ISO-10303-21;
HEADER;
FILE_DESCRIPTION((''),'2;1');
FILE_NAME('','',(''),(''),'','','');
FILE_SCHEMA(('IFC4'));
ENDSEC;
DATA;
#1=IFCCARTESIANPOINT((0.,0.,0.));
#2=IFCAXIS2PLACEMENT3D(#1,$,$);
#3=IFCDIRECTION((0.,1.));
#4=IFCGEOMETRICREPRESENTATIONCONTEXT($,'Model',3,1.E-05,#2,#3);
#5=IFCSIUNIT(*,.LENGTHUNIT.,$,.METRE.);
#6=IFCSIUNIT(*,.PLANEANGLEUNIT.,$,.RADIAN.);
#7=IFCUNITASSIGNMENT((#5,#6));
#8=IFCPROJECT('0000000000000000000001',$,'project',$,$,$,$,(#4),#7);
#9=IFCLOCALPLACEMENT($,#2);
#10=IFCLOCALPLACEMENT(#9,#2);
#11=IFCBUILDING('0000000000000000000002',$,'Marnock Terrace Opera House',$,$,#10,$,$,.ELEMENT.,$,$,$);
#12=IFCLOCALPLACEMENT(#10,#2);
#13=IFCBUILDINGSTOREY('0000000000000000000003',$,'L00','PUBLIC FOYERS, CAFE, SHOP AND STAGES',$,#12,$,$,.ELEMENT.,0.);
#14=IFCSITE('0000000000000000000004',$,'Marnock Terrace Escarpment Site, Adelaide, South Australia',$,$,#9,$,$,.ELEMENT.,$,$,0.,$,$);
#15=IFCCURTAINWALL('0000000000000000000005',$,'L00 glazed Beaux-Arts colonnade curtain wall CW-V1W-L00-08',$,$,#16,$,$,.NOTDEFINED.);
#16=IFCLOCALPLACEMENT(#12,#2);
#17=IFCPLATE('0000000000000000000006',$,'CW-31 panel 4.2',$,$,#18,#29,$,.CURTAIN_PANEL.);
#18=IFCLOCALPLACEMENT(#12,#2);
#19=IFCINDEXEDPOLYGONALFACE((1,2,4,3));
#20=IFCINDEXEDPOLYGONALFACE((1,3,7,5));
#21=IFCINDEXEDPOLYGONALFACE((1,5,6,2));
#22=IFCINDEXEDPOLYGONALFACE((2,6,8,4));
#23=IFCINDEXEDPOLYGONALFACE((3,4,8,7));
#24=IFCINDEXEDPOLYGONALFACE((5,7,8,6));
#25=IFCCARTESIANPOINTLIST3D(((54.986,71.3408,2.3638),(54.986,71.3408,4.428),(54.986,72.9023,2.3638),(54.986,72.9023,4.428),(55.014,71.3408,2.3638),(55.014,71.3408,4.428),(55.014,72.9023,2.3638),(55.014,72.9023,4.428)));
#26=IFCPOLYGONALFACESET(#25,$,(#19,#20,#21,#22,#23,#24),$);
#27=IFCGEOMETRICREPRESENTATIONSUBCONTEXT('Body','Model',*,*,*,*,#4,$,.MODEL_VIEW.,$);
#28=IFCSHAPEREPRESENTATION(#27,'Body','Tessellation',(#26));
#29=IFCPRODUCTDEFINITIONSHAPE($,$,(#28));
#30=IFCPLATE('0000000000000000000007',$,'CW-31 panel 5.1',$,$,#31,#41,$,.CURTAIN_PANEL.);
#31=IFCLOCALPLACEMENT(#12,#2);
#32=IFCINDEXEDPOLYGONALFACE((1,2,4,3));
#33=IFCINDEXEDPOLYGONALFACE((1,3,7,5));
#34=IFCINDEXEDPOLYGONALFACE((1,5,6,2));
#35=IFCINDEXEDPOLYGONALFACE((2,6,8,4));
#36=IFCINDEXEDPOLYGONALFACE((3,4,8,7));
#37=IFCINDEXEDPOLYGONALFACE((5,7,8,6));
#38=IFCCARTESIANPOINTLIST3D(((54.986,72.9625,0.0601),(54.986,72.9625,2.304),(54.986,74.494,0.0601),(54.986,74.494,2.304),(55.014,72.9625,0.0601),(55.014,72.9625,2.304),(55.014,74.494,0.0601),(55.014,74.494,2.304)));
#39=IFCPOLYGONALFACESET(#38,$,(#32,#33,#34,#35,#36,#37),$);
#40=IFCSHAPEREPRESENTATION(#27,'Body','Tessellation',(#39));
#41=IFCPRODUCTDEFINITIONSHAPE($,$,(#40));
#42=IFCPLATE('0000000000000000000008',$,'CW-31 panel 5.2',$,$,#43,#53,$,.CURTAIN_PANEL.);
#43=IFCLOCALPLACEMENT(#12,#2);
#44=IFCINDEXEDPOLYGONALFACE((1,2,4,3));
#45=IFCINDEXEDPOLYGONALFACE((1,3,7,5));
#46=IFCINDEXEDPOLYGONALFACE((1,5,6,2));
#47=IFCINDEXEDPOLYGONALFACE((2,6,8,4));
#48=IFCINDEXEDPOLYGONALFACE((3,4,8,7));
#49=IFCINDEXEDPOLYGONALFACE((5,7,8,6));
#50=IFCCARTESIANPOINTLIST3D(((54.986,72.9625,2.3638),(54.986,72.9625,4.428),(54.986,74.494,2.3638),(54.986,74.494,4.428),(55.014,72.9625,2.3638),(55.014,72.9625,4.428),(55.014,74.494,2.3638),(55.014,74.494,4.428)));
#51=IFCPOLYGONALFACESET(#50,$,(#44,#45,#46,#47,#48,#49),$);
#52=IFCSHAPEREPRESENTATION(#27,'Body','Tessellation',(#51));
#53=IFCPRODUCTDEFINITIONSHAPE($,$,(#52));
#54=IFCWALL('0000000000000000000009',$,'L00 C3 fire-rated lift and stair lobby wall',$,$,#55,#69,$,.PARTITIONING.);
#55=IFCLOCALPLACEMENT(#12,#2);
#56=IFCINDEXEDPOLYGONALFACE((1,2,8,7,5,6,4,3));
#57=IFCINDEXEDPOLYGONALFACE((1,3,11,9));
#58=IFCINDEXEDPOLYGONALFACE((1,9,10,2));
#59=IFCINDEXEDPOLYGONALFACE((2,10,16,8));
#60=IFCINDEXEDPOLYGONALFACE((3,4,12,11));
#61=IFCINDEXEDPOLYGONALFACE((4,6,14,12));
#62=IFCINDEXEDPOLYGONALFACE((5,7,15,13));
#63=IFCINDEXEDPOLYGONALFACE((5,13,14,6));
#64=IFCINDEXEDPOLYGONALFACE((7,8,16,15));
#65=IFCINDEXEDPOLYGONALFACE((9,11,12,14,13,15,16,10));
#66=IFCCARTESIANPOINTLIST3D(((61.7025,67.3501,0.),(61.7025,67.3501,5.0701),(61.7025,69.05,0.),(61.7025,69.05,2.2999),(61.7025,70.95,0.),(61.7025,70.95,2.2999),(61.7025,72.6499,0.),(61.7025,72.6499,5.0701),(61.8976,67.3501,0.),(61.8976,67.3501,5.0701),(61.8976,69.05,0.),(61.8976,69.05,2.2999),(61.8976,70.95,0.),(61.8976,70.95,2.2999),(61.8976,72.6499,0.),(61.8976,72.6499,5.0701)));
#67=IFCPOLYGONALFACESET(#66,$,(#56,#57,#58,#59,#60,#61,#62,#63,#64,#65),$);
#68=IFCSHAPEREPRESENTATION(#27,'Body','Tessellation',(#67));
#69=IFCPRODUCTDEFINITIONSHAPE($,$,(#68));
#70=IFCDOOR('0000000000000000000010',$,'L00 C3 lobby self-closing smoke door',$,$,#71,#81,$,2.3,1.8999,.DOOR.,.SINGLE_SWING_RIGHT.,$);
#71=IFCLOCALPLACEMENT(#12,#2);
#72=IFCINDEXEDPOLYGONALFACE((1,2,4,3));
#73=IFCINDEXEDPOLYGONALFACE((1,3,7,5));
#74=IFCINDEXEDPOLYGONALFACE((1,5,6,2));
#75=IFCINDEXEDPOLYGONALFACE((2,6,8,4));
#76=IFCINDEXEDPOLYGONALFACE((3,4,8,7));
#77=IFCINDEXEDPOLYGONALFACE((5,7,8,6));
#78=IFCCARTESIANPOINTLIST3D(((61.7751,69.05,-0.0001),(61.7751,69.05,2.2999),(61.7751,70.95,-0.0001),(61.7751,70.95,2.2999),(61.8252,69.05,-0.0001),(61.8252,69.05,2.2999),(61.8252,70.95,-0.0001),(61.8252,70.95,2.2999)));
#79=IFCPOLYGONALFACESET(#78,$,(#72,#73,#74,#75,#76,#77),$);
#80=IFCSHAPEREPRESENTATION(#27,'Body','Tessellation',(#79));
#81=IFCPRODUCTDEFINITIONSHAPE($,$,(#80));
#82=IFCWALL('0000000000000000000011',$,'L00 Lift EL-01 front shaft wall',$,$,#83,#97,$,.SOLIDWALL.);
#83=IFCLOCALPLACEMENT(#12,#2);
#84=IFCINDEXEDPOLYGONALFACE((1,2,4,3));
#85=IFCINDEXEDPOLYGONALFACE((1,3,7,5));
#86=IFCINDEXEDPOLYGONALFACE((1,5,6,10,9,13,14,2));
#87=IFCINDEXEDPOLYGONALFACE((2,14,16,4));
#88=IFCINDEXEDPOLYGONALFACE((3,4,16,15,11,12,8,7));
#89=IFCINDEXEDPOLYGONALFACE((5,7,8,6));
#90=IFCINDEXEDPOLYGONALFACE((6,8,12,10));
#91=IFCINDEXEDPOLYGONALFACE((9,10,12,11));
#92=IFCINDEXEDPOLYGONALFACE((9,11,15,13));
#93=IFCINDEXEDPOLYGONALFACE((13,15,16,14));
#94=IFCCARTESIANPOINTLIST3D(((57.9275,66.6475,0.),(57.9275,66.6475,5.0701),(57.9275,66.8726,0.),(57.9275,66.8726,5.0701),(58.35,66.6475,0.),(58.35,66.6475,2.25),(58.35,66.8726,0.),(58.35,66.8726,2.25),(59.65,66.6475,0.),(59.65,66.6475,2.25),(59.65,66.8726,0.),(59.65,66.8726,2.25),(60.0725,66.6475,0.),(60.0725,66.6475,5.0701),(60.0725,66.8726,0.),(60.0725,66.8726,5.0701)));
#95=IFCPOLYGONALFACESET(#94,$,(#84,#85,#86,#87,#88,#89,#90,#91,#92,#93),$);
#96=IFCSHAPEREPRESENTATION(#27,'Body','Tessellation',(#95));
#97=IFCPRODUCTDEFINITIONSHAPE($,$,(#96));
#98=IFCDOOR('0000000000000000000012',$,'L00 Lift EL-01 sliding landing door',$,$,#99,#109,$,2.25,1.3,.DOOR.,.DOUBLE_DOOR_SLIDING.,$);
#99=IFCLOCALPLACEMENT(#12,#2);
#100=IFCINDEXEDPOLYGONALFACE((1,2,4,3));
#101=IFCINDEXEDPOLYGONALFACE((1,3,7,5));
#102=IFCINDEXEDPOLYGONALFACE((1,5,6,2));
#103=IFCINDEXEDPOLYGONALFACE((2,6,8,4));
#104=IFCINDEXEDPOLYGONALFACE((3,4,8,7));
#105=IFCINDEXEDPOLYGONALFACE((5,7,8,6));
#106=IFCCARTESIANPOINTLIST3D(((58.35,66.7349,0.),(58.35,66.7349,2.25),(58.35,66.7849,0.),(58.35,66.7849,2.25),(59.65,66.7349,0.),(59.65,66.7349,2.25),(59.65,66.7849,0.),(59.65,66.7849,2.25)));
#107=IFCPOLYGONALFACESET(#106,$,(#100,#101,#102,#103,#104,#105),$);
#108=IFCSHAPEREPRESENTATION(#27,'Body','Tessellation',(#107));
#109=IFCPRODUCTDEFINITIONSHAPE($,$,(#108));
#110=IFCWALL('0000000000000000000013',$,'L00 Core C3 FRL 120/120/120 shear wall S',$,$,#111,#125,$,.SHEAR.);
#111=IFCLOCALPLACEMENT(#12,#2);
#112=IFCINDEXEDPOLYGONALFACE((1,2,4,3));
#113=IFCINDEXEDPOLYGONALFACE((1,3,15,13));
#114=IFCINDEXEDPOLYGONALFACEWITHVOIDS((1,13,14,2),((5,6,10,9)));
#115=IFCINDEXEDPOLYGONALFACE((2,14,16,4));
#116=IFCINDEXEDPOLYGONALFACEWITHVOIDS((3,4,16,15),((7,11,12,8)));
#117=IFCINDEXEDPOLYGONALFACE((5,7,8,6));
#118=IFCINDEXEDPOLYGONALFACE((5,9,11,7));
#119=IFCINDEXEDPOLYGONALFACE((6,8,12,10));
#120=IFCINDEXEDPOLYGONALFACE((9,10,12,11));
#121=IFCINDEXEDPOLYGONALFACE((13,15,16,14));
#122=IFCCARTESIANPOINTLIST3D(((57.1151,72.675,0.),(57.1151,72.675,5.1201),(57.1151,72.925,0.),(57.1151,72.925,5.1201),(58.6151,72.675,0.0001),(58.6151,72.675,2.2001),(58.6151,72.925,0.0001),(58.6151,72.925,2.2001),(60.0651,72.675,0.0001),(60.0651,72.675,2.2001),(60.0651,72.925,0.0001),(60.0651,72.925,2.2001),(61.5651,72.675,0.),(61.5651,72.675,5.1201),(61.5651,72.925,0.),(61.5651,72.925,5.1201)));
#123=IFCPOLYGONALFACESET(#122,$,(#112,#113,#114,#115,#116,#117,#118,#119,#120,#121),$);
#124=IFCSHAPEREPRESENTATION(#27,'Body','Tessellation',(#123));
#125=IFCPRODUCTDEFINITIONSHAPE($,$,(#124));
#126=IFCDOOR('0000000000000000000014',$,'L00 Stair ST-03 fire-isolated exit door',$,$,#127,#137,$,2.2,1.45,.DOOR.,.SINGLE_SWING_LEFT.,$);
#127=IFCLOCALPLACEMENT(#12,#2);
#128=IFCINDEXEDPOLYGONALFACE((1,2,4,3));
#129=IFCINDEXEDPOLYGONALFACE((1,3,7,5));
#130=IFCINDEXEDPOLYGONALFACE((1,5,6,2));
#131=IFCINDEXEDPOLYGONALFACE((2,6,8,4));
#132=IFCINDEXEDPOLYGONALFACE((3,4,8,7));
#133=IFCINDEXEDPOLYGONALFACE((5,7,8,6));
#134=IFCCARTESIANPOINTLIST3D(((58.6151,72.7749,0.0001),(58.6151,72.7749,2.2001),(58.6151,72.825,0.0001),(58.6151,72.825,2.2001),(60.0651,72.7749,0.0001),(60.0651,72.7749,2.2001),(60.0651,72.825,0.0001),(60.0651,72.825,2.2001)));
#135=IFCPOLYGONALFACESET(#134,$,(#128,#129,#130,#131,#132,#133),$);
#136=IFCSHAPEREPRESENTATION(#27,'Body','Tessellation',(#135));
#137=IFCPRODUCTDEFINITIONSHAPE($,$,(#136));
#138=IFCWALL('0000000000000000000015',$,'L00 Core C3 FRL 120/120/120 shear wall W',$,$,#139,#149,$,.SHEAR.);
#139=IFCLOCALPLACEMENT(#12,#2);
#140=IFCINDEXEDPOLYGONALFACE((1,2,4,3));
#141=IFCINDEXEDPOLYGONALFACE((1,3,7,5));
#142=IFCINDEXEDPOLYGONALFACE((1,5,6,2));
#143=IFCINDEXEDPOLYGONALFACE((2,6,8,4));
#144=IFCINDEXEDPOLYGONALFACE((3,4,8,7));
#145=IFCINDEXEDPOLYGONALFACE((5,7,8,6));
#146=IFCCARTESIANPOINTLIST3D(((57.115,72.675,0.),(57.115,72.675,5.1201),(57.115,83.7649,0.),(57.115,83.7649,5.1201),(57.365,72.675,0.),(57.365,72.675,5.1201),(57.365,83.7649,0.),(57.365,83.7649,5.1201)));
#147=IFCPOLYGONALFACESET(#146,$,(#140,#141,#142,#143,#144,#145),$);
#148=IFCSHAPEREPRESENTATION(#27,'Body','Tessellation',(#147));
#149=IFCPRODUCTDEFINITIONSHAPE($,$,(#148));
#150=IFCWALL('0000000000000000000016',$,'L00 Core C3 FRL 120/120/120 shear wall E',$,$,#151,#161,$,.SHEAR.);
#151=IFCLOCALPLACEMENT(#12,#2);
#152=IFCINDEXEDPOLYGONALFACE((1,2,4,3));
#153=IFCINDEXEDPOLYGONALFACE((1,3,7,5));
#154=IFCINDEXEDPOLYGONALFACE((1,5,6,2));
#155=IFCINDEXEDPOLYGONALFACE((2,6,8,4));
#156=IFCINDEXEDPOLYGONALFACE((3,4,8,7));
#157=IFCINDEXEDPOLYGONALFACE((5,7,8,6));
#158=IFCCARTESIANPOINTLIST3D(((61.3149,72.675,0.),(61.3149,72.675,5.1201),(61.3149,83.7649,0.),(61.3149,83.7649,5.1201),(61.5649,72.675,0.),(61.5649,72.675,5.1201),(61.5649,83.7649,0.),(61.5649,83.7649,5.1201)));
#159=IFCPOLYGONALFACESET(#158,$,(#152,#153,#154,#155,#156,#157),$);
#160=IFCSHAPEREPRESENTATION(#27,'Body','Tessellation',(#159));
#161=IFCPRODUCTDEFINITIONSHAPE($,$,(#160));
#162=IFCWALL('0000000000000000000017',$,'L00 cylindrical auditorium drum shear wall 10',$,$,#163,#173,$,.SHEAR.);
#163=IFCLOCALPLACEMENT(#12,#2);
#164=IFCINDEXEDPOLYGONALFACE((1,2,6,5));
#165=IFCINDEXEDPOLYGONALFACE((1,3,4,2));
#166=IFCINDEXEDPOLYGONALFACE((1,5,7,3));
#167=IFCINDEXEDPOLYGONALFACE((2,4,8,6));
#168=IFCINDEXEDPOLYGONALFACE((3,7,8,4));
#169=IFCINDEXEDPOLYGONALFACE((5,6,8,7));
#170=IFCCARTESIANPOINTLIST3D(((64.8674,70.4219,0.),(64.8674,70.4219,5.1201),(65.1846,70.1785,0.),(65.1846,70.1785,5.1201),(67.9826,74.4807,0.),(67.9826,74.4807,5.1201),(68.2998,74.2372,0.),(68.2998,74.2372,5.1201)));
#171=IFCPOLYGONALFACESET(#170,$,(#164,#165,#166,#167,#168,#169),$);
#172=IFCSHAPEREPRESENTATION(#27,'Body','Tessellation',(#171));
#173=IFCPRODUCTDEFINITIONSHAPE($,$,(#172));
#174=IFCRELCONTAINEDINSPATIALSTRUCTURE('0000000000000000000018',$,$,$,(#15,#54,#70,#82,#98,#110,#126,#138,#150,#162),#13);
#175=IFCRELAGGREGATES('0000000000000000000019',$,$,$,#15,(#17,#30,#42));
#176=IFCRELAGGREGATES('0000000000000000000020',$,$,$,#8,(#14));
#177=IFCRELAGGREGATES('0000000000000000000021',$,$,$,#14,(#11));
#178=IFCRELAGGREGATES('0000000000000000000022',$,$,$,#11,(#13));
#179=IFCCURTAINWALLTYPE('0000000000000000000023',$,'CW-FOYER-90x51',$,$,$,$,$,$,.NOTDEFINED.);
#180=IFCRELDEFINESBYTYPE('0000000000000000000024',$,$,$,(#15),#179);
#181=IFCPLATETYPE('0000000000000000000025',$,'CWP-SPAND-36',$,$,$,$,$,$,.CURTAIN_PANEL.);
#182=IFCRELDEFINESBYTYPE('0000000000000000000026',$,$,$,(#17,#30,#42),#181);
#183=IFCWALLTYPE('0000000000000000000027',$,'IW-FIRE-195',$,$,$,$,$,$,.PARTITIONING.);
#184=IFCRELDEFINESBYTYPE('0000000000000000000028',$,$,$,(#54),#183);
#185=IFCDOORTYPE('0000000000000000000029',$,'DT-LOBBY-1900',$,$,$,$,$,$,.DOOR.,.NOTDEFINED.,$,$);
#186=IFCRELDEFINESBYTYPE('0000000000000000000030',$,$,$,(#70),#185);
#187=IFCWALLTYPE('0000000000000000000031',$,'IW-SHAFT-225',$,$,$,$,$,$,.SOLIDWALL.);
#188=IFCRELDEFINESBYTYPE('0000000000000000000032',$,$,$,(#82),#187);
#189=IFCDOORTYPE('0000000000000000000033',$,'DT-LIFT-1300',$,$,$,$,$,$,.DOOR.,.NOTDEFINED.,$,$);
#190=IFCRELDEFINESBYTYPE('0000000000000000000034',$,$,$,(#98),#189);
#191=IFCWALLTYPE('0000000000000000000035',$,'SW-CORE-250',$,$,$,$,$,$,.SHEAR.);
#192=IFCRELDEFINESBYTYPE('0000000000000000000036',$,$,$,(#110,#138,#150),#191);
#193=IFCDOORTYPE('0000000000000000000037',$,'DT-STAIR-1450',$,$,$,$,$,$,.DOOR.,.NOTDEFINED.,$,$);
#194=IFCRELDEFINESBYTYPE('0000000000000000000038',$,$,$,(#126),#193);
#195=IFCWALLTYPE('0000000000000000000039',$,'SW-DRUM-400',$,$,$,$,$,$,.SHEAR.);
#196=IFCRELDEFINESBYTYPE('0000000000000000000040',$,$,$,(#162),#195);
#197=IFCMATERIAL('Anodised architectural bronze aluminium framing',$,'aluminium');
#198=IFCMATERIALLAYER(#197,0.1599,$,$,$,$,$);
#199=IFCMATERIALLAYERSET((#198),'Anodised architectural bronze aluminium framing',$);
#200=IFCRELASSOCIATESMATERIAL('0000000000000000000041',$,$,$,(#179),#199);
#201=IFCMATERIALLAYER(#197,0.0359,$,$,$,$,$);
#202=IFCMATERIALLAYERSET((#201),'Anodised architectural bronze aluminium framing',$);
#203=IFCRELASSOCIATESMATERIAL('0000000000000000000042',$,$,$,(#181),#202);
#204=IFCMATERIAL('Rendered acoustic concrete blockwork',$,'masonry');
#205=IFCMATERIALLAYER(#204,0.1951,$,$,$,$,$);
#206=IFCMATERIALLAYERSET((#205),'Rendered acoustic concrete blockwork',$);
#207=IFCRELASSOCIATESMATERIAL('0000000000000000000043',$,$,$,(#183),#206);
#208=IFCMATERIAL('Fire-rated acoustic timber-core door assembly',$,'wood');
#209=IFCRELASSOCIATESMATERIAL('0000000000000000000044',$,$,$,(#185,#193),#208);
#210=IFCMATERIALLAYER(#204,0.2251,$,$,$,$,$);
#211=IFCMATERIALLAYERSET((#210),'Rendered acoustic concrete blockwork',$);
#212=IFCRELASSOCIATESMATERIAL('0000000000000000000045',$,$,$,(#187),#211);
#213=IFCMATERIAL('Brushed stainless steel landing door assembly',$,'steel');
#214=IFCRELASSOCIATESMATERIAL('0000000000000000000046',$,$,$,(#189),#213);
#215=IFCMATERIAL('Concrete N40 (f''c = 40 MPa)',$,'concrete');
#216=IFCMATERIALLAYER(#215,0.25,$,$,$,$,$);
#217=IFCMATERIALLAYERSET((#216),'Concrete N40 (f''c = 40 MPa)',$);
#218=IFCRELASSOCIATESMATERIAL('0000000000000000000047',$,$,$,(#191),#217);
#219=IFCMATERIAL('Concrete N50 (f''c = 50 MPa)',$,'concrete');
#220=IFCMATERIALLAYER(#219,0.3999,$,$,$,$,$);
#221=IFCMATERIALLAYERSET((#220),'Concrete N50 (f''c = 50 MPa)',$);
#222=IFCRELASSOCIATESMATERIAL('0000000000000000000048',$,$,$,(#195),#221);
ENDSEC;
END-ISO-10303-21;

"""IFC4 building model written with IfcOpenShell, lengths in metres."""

from ifc_helpers import new_model, si_unit, direction, frame, frame_2d, origin, origin_2d, place, context, subcontext, project, spatial, rectangle, extrude, material, layer, layer_set, type_object, element, fill, aggregate, save


model = new_model("IFC4")

# Units and contexts
model_context = context("Model", 3, precision=1e-05, world=origin(), true_north=direction((0.0, 1.0)))
body_context = subcontext(model_context, "Body", "Model", "MODEL_VIEW")
ifc_project = project(units=[si_unit("LENGTHUNIT", "METRE"), si_unit("PLANEANGLEUNIT", "RADIAN")], contexts=[model_context])

# Site, building, storey
site_placement = place(None, origin())
site = spatial("IfcSite", under=ifc_project, at=site_placement, Name="Marnock Terrace Escarpment Site, Adelaide, South Australia", CompositionType="ELEMENT", RefElevation=0.0)
building_placement = place(site_placement, origin())
building = spatial("IfcBuilding", under=site, at=building_placement, Name="Marnock Terrace Opera House", CompositionType="ELEMENT")
storey_placement = place(building_placement, origin())
storey = spatial("IfcBuildingStorey", under=building, at=storey_placement, Name="L00", Description="PUBLIC FOYERS, CAFE, SHOP AND STAGES", CompositionType="ELEMENT", Elevation=0.0)

# Shared definitions
ifc_material_1 = material(Name="Concrete N50 (f'c = 50 MPa)", Category="concrete")

# Shared definitions
ifc_material_2 = material(Name="Concrete N40 (f'c = 40 MPa)", Category="concrete")

# Curtain wall, plates
ifc_material_3 = material(Name="Anodised architectural bronze aluminium framing", Category="aluminium")
ifc_layer_1 = layer(ifc_material_3, 0.1599)
ifc_layer_set_1 = layer_set([ifc_layer_1], Name="Anodised architectural bronze aluminium framing")
curtain_wall_type = type_object("IfcCurtainWallType", Name="CW-FOYER-90x51", PredefinedType="NOTDEFINED", material=ifc_layer_set_1)
curtain_wall_placement = place(storey_placement, origin())
curtain_wall = element("IfcCurtainWall", 1, at=curtain_wall_placement, inside=storey, type_object=curtain_wall_type, Name="L00 glazed Beaux-Arts colonnade curtain wall CW-V1W-L00-08", PredefinedType="NOTDEFINED")
ifc_layer_2 = layer(ifc_material_3, 0.0359)
ifc_layer_set_2 = layer_set([ifc_layer_2], Name="Anodised architectural bronze aluminium framing")
plate_type = type_object("IfcPlateType", Name="CWP-SPAND-36", PredefinedType="CURTAIN_PANEL", material=ifc_layer_set_2)
plate_1_placement = place(storey_placement, frame((55.0, 72.1216, 2.3638), z_axis=(0.0, 0.0, 1.0), x_axis=(0.0, 1.0, 0.0)))
plate_1 = element("IfcPlate", 2, at=plate_1_placement, type_object=plate_type, Name="CW-31 panel 4.2", PredefinedType="CURTAIN_PANEL", context=body_context, shape_type="SweptSolid", body=[
    extrude(rectangle(XDim=1.5615, YDim=0.0281, at=origin_2d()), origin(), (0.0, 0.0, 1.0), 2.0642),
])
plate_2_placement = place(storey_placement, frame((55.0, 73.7283, 0.0601), z_axis=(0.0, 0.0, 1.0), x_axis=(0.0, 1.0, 0.0)))
plate_2 = element("IfcPlate", 3, at=plate_2_placement, type_object=plate_type, Name="CW-31 panel 5.1", PredefinedType="CURTAIN_PANEL", context=body_context, shape_type="SweptSolid", body=[
    extrude(rectangle(XDim=1.5315, YDim=0.0281, at=origin_2d()), origin(), (0.0, 0.0, 1.0), 2.2439),
])
plate_3_placement = place(storey_placement, frame((55.0, 73.7283, 2.3638), z_axis=(0.0, 0.0, 1.0), x_axis=(0.0, 1.0, 0.0)))
plate_3 = element("IfcPlate", 4, at=plate_3_placement, type_object=plate_type, Name="CW-31 panel 5.2", PredefinedType="CURTAIN_PANEL", context=body_context, shape_type="SweptSolid", body=[
    extrude(rectangle(XDim=1.5315, YDim=0.0281, at=origin_2d()), origin(), (0.0, 0.0, 1.0), 2.0642),
])
aggregate(curtain_wall, [plate_1, plate_2, plate_3])

# Walls, openings, doors
ifc_material_4 = material(Name="Rendered acoustic concrete blockwork", Category="masonry")
ifc_layer_3 = layer(ifc_material_4, 0.1951)
ifc_layer_set_3 = layer_set([ifc_layer_3], Name="Rendered acoustic concrete blockwork")
wall_type_1 = type_object("IfcWallType", Name="IW-FIRE-195", PredefinedType="PARTITIONING", material=ifc_layer_set_3)
wall_1_placement = place(storey_placement, frame((61.8, 67.3501, 0.0), z_axis=(0.0, 0.0, 1.0), x_axis=(0.0, 1.0, 0.0)))
wall_1 = element("IfcWall", 5, at=wall_1_placement, inside=storey, type_object=wall_type_1, Name="L00 C3 fire-rated lift and stair lobby wall", PredefinedType="PARTITIONING", context=body_context, shape_type="SweptSolid", body=[
    extrude(rectangle(XDim=5.2998, YDim=0.1951, at=frame_2d((2.6499, 0.0))), origin(), (0.0, 0.0, 1.0), 5.0701),
])
opening_1_placement = place(wall_1_placement, frame((1.7, 0.0, 0.0)))
opening_1 = element("IfcOpeningElement", 6, at=opening_1_placement, cuts=wall_1, PredefinedType="OPENING", context=body_context, shape_type="SweptSolid", body=[
    extrude(rectangle(XDim=1.8999, YDim=2.3, at=frame_2d((0.95, 1.1499))), frame((0.0, 0.1074, 0.0), z_axis=(0.0, -1.0, 0.0), x_axis=(1.0, 0.0, 0.0)), (0.0, 0.0, 1.0), 0.2151),
])
ifc_material_5 = material(Name="Fire-rated acoustic timber-core door assembly", Category="wood")
door_type_1 = type_object("IfcDoorType", Name="DT-LOBBY-1900", OperationType="NOTDEFINED", PredefinedType="DOOR", material=ifc_material_5)
door_1_placement = place(opening_1_placement, origin())
door_1 = element("IfcDoor", 7, at=door_1_placement, inside=storey, type_object=door_type_1, Name="L00 C3 lobby self-closing smoke door", OperationType="SINGLE_SWING_RIGHT", OverallHeight=2.3, OverallWidth=1.8999, PredefinedType="DOOR", context=body_context, shape_type="SweptSolid", body=[
    extrude(rectangle(XDim=1.8999, YDim=2.3, at=frame_2d((0.95, 1.1499))), frame((0.0, 0.0249, 0.0), z_axis=(0.0, -1.0, 0.0), x_axis=(1.0, 0.0, 0.0)), (0.0, 0.0, 1.0), 0.05),
])
fill(opening_1, door_1)
ifc_layer_4 = layer(ifc_material_4, 0.2251)
ifc_layer_set_4 = layer_set([ifc_layer_4], Name="Rendered acoustic concrete blockwork")
wall_type_2 = type_object("IfcWallType", Name="IW-SHAFT-225", PredefinedType="SOLIDWALL", material=ifc_layer_set_4)
wall_2_placement = place(storey_placement, frame((57.9275, 66.76, 0.0), z_axis=(0.0, 0.0, 1.0), x_axis=(1.0, 0.0, 0.0)))
wall_2 = element("IfcWall", 8, at=wall_2_placement, inside=storey, type_object=wall_type_2, Name="L00 Lift EL-01 front shaft wall", PredefinedType="SOLIDWALL", context=body_context, shape_type="SweptSolid", body=[
    extrude(rectangle(XDim=2.145, YDim=0.2251, at=frame_2d((1.0725, 0.0))), origin(), (0.0, 0.0, 1.0), 5.0701),
])
opening_2_placement = place(wall_2_placement, frame((0.4226, 0.0, 0.0)))
opening_2 = element("IfcOpeningElement", 9, at=opening_2_placement, cuts=wall_2, PredefinedType="OPENING", context=body_context, shape_type="SweptSolid", body=[
    extrude(rectangle(XDim=1.3, YDim=2.25, at=frame_2d((0.6499, 1.125))), frame((0.0, 0.1226, 0.0), z_axis=(0.0, -1.0, 0.0), x_axis=(1.0, 0.0, 0.0)), (0.0, 0.0, 1.0), 0.2451),
])
ifc_material_6 = material(Name="Brushed stainless steel landing door assembly", Category="steel")
door_type_2 = type_object("IfcDoorType", Name="DT-LIFT-1300", OperationType="NOTDEFINED", PredefinedType="DOOR", material=ifc_material_6)
door_2_placement = place(opening_2_placement, origin())
door_2 = element("IfcDoor", 10, at=door_2_placement, inside=storey, type_object=door_type_2, Name="L00 Lift EL-01 sliding landing door", OperationType="DOUBLE_DOOR_SLIDING", OverallHeight=2.25, OverallWidth=1.3, PredefinedType="DOOR", context=body_context, shape_type="SweptSolid", body=[
    extrude(rectangle(XDim=1.3, YDim=2.25, at=frame_2d((0.6499, 1.125))), frame((0.0, 0.0249, 0.0), z_axis=(0.0, -1.0, 0.0), x_axis=(1.0, 0.0, 0.0)), (0.0, 0.0, 1.0), 0.05),
])
fill(opening_2, door_2)
ifc_layer_5 = layer(ifc_material_2, 0.25)
ifc_layer_set_5 = layer_set([ifc_layer_5], Name="Concrete N40 (f'c = 40 MPa)")
wall_type_3 = type_object("IfcWallType", Name="SW-CORE-250", PredefinedType="SHEAR", material=ifc_layer_set_5)
wall_3_placement = place(storey_placement, frame((57.115, 72.8, 0.0), z_axis=(0.0, 0.0, 1.0), x_axis=(1.0, 0.0, 0.0)))
wall_3 = element("IfcWall", 11, at=wall_3_placement, inside=storey, type_object=wall_type_3, Name="L00 Core C3 FRL 120/120/120 shear wall S", PredefinedType="SHEAR", context=body_context, shape_type="SweptSolid", body=[
    extrude(rectangle(XDim=4.45, YDim=0.25, at=frame_2d((2.2251, 0.0))), origin(), (0.0, 0.0, 1.0), 5.1201),
])
opening_3_placement = place(wall_3_placement, frame((1.5, 0.0, 0.0)))
opening_3 = element("IfcOpeningElement", 12, at=opening_3_placement, cuts=wall_3, PredefinedType="OPENING", context=body_context, shape_type="SweptSolid", body=[
    extrude(rectangle(XDim=1.45, YDim=2.2, at=frame_2d((0.7251, 1.1001))), frame((0.0, 0.135, 0.0), z_axis=(0.0, -1.0, 0.0), x_axis=(1.0, 0.0, 0.0)), (0.0, 0.0, 1.0), 0.27),
])
door_type_3 = type_object("IfcDoorType", Name="DT-STAIR-1450", OperationType="NOTDEFINED", PredefinedType="DOOR", material=ifc_material_5)
door_3_placement = place(opening_3_placement, origin())
door_3 = element("IfcDoor", 13, at=door_3_placement, inside=storey, type_object=door_type_3, Name="L00 Stair ST-03 fire-isolated exit door", OperationType="SINGLE_SWING_LEFT", OverallHeight=2.2, OverallWidth=1.45, PredefinedType="DOOR", context=body_context, shape_type="SweptSolid", body=[
    extrude(rectangle(XDim=1.45, YDim=2.2, at=frame_2d((0.7251, 1.1001))), frame((0.0, 0.0249, 0.0), z_axis=(0.0, -1.0, 0.0), x_axis=(1.0, 0.0, 0.0)), (0.0, 0.0, 1.0), 0.05),
])
fill(opening_3, door_3)

# Walls
for number, where, z_axis, x_axis, name in (
    (14, (57.24, 72.675, 0.0), (0.0, 0.0, 1.0), (0.0, 1.0, 0.0), "L00 Core C3 FRL 120/120/120 shear wall W"),
    (15, (61.4399, 72.675, 0.0), (0.0, 0.0, 1.0), (0.0, 1.0, 0.0), "L00 Core C3 FRL 120/120/120 shear wall E"),
):
    element("IfcWall", number, at=place(storey_placement, frame(where, z_axis=z_axis, x_axis=x_axis)), inside=storey, type_object=wall_type_3, Name=name, PredefinedType="SHEAR", context=body_context, shape_type="SweptSolid", body=[
        extrude(rectangle(XDim=11.0898, YDim=0.25, at=frame_2d((5.5449, 0.0))), origin(), (0.0, 0.0, 1.0), 5.1201),
    ])
ifc_layer_6 = layer(ifc_material_1, 0.3999)
ifc_layer_set_6 = layer_set([ifc_layer_6], Name="Concrete N50 (f'c = 50 MPa)")
wall_type_4 = type_object("IfcWallType", Name="SW-DRUM-400", PredefinedType="SHEAR", material=ifc_layer_set_6)
for number, where, z_axis, x_axis, name in (
    (16, (68.1411, 74.3589, 0.0), (0.0, 0.0, 1.0), (-0.608857, -0.79328, 0.0), "L00 cylindrical auditorium drum shear wall 10"),
):
    element("IfcWall", number, at=place(storey_placement, frame(where, z_axis=z_axis, x_axis=x_axis)), inside=storey, type_object=wall_type_4, Name=name, PredefinedType="SHEAR", context=body_context, shape_type="SweptSolid", body=[
        extrude(rectangle(XDim=5.1165, YDim=0.3999, at=frame_2d((2.5581, 0.0))), origin(), (0.0, 0.0, 1.0), 5.1201),
    ])

save(model, "model.ifc")
